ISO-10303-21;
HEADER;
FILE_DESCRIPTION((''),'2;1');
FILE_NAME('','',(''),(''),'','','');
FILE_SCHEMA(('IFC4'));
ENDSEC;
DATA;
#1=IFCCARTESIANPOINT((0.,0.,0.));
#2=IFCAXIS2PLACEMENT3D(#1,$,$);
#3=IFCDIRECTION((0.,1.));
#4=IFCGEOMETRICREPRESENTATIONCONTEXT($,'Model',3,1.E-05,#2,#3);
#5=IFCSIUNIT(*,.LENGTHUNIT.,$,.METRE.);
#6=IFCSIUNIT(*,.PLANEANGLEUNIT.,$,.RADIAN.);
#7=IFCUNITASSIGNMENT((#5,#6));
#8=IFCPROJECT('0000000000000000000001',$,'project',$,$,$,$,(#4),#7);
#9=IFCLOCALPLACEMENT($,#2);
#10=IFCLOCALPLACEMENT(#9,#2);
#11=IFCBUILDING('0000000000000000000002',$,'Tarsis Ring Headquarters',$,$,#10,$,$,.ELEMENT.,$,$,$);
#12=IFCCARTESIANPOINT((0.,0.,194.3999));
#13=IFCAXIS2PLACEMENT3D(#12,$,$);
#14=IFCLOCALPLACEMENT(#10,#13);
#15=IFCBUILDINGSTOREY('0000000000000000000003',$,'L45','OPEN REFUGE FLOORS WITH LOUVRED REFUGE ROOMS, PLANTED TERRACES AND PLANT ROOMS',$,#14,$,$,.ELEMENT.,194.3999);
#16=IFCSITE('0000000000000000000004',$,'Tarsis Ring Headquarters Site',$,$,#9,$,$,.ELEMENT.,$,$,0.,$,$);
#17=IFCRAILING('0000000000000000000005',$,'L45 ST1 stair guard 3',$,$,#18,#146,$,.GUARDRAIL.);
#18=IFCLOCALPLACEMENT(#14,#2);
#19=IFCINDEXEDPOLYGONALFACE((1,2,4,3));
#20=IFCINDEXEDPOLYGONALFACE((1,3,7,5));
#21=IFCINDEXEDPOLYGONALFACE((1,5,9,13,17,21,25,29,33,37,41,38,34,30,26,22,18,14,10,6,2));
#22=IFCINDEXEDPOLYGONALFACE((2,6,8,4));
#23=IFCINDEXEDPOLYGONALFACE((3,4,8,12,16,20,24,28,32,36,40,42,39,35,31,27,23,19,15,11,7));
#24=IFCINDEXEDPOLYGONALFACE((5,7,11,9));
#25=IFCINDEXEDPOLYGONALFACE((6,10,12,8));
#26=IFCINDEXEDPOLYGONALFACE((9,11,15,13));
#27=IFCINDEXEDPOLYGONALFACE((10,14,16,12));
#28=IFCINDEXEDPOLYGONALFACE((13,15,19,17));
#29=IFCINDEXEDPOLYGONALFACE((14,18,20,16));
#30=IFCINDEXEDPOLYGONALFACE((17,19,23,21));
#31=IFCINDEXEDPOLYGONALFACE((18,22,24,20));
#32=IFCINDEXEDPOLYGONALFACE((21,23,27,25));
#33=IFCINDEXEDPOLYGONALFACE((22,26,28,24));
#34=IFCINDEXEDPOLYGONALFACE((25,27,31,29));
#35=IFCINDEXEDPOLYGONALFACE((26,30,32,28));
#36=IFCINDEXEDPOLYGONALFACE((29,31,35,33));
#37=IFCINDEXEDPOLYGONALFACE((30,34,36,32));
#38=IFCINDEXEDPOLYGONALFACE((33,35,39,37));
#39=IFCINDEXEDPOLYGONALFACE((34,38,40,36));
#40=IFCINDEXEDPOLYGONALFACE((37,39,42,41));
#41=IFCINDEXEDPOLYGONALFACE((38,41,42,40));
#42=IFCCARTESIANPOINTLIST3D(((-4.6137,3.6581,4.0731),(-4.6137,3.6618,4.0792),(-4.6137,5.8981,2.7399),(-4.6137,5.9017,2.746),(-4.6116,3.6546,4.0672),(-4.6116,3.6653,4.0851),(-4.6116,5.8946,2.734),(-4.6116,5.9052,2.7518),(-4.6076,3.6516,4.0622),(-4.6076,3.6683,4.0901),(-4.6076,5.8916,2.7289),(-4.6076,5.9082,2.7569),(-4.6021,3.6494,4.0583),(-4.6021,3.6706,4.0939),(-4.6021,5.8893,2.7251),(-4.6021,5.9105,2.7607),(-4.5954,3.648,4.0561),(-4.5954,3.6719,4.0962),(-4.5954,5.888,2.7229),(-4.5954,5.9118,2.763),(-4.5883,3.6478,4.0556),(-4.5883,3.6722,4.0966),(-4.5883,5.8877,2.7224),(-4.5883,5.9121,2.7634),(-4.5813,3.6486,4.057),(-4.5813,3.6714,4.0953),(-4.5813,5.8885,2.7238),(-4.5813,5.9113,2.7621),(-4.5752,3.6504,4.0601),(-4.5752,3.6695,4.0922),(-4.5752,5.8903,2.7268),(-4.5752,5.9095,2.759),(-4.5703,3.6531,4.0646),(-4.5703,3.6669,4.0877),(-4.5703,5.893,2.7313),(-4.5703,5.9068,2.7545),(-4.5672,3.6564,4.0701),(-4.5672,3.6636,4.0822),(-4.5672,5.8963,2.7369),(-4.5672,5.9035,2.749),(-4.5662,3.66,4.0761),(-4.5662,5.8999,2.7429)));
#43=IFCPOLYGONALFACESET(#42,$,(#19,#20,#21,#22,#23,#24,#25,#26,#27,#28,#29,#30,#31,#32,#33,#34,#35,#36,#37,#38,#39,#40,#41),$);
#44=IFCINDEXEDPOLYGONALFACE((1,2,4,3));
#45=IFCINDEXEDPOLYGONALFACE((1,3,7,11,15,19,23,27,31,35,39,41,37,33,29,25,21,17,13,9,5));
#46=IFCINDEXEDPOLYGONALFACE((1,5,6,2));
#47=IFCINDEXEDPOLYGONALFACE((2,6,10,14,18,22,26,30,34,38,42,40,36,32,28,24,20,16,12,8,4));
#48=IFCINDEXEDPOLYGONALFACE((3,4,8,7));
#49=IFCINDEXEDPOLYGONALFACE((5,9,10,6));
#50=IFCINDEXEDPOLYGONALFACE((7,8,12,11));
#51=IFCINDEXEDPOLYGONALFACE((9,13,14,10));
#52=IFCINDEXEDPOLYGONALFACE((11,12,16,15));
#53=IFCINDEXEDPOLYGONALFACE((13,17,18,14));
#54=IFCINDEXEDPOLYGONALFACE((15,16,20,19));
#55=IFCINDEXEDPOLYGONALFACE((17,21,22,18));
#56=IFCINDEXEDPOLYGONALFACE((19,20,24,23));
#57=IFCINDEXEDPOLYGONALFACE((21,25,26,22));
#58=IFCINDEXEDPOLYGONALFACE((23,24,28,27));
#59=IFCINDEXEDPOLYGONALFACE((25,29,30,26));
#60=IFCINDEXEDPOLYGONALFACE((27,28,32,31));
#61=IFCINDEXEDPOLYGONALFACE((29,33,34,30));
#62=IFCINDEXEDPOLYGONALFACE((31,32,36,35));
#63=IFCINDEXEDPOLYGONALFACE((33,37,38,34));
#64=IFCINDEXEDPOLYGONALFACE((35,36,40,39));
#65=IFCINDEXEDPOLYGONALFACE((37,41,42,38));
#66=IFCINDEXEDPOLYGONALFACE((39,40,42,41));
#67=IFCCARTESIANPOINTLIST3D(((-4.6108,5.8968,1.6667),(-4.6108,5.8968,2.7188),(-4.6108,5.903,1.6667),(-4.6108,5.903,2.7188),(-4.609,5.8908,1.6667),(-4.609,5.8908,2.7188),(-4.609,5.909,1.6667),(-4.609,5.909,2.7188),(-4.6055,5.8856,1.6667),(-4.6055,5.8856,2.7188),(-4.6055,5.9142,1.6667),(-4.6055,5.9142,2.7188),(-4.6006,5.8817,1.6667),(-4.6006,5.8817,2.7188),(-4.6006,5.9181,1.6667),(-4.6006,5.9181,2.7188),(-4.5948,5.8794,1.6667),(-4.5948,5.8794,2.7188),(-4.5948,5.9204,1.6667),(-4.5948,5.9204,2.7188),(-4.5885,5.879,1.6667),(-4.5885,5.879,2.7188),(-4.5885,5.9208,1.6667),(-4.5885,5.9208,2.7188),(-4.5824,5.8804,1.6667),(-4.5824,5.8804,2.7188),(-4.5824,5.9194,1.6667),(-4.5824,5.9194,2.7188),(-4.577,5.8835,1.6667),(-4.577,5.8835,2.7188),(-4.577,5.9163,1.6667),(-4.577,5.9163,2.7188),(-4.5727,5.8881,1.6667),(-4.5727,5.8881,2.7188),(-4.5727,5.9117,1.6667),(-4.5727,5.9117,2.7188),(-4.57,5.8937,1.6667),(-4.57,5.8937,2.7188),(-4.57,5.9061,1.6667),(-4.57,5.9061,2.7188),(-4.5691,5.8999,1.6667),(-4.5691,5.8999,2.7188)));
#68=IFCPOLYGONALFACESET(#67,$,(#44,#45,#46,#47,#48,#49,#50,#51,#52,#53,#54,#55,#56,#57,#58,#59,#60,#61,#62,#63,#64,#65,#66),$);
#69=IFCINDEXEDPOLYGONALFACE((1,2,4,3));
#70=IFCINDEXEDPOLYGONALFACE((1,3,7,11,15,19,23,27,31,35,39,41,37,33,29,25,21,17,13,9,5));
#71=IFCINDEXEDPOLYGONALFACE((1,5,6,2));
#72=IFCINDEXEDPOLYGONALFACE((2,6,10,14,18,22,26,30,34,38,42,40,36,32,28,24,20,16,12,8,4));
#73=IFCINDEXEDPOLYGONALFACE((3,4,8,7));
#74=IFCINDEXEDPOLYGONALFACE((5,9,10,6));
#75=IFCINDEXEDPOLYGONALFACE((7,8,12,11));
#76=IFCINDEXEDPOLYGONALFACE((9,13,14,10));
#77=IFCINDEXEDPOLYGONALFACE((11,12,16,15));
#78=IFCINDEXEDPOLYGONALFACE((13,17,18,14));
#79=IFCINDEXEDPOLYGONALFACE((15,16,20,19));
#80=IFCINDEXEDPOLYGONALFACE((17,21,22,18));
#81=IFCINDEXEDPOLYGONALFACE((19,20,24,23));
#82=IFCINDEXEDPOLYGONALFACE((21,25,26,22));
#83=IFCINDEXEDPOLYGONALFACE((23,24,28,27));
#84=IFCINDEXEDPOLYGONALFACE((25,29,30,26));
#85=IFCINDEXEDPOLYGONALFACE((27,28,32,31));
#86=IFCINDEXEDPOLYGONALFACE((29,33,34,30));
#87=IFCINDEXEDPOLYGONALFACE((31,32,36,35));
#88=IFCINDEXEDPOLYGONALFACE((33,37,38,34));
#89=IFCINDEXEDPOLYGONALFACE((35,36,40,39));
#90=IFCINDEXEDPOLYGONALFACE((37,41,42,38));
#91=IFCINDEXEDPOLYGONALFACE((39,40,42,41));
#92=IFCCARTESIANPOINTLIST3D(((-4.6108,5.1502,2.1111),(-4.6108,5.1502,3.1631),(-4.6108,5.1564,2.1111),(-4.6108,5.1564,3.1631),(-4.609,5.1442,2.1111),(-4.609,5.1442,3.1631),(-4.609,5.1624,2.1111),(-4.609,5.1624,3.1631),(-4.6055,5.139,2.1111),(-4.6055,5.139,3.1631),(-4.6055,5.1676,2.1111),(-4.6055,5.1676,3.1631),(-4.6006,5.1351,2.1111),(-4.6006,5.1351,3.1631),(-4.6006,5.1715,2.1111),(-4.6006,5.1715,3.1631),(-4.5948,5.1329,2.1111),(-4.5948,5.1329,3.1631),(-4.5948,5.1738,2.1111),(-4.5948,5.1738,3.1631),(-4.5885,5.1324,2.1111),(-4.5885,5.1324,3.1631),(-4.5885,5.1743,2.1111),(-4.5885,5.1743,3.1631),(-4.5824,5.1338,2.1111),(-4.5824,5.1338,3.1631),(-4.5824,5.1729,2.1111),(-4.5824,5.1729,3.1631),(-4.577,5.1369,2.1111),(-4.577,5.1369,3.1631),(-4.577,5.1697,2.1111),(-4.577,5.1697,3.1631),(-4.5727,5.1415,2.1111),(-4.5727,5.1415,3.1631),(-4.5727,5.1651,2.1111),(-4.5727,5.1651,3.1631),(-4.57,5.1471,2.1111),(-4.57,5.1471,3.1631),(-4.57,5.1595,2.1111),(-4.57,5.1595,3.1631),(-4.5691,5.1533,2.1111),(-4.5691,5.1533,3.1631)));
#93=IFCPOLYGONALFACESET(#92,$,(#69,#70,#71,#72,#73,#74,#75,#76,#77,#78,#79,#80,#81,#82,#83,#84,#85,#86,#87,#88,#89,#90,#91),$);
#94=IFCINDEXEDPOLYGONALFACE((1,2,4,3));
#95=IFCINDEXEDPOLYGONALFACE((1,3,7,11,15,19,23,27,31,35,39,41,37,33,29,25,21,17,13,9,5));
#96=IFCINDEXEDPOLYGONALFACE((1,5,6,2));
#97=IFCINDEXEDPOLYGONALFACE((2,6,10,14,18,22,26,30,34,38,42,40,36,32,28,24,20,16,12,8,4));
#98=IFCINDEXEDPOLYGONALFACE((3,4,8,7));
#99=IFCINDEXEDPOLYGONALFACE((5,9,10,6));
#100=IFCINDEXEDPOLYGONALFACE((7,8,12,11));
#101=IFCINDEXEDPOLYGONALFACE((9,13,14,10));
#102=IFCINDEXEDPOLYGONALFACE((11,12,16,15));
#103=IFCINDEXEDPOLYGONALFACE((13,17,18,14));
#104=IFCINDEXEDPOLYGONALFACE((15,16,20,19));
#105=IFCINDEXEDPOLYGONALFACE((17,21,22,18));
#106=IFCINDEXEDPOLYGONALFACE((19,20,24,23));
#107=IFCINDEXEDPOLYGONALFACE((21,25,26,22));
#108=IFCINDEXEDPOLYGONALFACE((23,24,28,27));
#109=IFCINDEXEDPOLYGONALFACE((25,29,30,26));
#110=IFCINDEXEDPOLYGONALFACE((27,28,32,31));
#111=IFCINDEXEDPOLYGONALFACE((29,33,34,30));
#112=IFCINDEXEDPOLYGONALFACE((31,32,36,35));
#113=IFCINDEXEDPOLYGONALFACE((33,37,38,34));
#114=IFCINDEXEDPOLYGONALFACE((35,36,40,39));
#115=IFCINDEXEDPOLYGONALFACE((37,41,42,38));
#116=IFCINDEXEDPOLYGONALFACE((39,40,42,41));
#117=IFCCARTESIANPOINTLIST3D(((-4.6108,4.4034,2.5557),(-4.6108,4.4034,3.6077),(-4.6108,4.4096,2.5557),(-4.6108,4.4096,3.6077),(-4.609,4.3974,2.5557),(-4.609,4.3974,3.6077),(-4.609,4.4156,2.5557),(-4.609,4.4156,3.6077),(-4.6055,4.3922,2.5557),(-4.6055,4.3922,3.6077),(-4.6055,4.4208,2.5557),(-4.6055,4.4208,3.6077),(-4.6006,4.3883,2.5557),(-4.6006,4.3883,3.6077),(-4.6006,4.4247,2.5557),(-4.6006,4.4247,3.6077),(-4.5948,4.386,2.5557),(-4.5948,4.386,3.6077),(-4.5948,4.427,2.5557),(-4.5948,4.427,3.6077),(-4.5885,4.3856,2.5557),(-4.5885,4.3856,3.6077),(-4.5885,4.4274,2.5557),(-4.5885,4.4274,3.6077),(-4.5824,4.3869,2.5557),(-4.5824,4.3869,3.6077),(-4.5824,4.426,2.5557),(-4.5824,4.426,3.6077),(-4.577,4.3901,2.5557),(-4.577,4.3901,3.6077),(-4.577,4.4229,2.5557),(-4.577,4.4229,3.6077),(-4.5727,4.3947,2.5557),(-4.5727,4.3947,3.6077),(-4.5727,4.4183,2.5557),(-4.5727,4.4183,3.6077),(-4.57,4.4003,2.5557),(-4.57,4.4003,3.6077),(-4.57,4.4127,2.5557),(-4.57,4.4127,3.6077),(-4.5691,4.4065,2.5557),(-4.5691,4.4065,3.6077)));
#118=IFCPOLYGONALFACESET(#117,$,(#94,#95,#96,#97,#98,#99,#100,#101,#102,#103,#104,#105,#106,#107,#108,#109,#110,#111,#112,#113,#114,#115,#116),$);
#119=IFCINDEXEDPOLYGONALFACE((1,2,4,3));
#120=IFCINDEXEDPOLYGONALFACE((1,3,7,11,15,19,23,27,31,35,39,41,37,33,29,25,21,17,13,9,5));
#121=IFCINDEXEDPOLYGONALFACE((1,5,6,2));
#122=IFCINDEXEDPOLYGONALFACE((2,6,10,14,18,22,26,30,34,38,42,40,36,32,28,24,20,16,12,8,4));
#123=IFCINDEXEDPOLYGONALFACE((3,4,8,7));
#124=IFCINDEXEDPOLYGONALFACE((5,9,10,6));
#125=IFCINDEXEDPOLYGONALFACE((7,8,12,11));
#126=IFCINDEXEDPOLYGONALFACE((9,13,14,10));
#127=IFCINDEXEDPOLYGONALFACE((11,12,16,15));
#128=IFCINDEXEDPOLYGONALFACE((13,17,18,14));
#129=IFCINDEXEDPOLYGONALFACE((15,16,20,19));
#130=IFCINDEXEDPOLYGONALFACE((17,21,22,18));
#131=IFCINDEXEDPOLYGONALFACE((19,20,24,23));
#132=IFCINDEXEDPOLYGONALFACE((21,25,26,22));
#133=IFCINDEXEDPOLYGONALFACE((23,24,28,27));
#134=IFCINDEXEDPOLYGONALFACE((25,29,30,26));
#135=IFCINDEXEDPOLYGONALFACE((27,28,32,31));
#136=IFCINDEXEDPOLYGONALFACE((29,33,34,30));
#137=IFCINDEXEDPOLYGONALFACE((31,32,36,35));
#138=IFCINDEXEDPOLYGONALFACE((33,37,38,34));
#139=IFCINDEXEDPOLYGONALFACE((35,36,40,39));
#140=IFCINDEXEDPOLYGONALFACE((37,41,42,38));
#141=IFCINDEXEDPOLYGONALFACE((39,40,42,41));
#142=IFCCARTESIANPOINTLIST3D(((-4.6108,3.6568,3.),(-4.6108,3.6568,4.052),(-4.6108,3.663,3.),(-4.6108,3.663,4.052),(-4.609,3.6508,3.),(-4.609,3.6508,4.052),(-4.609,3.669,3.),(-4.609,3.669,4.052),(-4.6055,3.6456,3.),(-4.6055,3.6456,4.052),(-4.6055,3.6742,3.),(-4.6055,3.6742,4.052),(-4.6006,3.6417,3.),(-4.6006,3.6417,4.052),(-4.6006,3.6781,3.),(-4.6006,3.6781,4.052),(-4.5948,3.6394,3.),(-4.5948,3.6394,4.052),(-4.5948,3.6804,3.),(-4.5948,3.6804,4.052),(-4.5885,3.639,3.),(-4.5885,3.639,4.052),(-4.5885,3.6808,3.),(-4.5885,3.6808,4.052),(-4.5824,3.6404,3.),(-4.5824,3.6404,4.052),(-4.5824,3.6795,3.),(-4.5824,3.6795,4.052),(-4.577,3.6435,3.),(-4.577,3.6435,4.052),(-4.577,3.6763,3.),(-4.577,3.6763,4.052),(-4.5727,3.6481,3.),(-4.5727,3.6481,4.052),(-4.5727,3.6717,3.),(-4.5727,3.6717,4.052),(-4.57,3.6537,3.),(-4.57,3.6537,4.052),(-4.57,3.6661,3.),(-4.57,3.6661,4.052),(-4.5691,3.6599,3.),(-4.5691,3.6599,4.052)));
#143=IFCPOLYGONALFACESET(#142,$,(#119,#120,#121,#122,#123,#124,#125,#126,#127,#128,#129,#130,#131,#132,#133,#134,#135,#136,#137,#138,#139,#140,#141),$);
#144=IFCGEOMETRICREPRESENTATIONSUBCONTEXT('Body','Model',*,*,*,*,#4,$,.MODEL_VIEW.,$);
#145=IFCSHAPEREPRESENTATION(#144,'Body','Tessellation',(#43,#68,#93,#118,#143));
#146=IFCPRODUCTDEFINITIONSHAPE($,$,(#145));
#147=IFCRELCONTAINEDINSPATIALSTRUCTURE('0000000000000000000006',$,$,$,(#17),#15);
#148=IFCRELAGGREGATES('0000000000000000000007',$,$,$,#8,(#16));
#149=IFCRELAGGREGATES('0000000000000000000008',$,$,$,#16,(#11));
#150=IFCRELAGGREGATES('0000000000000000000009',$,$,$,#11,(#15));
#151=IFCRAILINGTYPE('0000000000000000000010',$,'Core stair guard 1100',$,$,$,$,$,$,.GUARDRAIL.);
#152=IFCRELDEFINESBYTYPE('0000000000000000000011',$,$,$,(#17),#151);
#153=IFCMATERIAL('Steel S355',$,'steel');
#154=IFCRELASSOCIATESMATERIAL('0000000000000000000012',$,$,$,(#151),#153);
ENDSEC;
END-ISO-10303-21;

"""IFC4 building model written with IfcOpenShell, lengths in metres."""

from ifc_helpers import new_model, si_unit, direction, frame, origin, origin_2d, place, context, subcontext, project, spatial, circle, extrude, material, type_object, element, save


model = new_model("IFC4")

# Units and contexts
model_context = context("Model", 3, precision=1e-05, world=origin(), true_north=direction((0.0, 1.0)))
body_context = subcontext(model_context, "Body", "Model", "MODEL_VIEW")
ifc_project = project(units=[si_unit("LENGTHUNIT", "METRE"), si_unit("PLANEANGLEUNIT", "RADIAN")], contexts=[model_context])

# Site, building, storey
site_placement = place(None, origin())
site = spatial("IfcSite", under=ifc_project, at=site_placement, Name="Tarsis Ring Headquarters Site", CompositionType="ELEMENT", RefElevation=0.0)
building_placement = place(site_placement, origin())
building = spatial("IfcBuilding", under=site, at=building_placement, Name="Tarsis Ring Headquarters", CompositionType="ELEMENT")
storey_placement = place(building_placement, frame((0.0, 0.0, 194.3999)))
storey = spatial("IfcBuildingStorey", under=building, at=storey_placement, Name="L45", Description="OPEN REFUGE FLOORS WITH LOUVRED REFUGE ROOMS, PLANTED TERRACES AND PLANT ROOMS", CompositionType="ELEMENT", Elevation=194.3999)

# Shared definitions
ifc_material_1 = material(Name="Steel S355", Category="steel")

# Railing
railing_type_1 = type_object("IfcRailingType", Name="Core stair guard 1100", PredefinedType="GUARDRAIL", material=ifc_material_1)
railing_1_placement = place(storey_placement, frame((-4.5901, 5.8999, 1.6667)))
element("IfcRailing", 1, at=railing_1_placement, inside=storey, type_object=railing_type_1, Name="L45 ST1 stair guard 3", PredefinedType="GUARDRAIL", context=body_context, shape_type="SweptSolid", body=[
    extrude(circle(Radius=0.0239, at=origin_2d()), frame((0.0, 0.0, 1.0762), z_axis=(0.0, -0.859306, 0.511462), x_axis=(1.0, 0.0, 0.0)), (0.0, 0.0, 1.0), 2.6067),
    extrude(circle(Radius=0.021, at=origin_2d()), origin(), (0.0, 0.0, 1.0), 1.052),
    extrude(circle(Radius=0.021, at=origin_2d()), frame((0.0, -0.7466, 0.4443)), (0.0, 0.0, 1.0), 1.052),
    extrude(circle(Radius=0.021, at=origin_2d()), frame((0.0, -1.4934, 0.8889)), (0.0, 0.0, 1.0), 1.052),
    extrude(circle(Radius=0.021, at=origin_2d()), frame((0.0, -2.24, 1.3333)), (0.0, 0.0, 1.0), 1.052),
])

save(model, "model.ifc")
